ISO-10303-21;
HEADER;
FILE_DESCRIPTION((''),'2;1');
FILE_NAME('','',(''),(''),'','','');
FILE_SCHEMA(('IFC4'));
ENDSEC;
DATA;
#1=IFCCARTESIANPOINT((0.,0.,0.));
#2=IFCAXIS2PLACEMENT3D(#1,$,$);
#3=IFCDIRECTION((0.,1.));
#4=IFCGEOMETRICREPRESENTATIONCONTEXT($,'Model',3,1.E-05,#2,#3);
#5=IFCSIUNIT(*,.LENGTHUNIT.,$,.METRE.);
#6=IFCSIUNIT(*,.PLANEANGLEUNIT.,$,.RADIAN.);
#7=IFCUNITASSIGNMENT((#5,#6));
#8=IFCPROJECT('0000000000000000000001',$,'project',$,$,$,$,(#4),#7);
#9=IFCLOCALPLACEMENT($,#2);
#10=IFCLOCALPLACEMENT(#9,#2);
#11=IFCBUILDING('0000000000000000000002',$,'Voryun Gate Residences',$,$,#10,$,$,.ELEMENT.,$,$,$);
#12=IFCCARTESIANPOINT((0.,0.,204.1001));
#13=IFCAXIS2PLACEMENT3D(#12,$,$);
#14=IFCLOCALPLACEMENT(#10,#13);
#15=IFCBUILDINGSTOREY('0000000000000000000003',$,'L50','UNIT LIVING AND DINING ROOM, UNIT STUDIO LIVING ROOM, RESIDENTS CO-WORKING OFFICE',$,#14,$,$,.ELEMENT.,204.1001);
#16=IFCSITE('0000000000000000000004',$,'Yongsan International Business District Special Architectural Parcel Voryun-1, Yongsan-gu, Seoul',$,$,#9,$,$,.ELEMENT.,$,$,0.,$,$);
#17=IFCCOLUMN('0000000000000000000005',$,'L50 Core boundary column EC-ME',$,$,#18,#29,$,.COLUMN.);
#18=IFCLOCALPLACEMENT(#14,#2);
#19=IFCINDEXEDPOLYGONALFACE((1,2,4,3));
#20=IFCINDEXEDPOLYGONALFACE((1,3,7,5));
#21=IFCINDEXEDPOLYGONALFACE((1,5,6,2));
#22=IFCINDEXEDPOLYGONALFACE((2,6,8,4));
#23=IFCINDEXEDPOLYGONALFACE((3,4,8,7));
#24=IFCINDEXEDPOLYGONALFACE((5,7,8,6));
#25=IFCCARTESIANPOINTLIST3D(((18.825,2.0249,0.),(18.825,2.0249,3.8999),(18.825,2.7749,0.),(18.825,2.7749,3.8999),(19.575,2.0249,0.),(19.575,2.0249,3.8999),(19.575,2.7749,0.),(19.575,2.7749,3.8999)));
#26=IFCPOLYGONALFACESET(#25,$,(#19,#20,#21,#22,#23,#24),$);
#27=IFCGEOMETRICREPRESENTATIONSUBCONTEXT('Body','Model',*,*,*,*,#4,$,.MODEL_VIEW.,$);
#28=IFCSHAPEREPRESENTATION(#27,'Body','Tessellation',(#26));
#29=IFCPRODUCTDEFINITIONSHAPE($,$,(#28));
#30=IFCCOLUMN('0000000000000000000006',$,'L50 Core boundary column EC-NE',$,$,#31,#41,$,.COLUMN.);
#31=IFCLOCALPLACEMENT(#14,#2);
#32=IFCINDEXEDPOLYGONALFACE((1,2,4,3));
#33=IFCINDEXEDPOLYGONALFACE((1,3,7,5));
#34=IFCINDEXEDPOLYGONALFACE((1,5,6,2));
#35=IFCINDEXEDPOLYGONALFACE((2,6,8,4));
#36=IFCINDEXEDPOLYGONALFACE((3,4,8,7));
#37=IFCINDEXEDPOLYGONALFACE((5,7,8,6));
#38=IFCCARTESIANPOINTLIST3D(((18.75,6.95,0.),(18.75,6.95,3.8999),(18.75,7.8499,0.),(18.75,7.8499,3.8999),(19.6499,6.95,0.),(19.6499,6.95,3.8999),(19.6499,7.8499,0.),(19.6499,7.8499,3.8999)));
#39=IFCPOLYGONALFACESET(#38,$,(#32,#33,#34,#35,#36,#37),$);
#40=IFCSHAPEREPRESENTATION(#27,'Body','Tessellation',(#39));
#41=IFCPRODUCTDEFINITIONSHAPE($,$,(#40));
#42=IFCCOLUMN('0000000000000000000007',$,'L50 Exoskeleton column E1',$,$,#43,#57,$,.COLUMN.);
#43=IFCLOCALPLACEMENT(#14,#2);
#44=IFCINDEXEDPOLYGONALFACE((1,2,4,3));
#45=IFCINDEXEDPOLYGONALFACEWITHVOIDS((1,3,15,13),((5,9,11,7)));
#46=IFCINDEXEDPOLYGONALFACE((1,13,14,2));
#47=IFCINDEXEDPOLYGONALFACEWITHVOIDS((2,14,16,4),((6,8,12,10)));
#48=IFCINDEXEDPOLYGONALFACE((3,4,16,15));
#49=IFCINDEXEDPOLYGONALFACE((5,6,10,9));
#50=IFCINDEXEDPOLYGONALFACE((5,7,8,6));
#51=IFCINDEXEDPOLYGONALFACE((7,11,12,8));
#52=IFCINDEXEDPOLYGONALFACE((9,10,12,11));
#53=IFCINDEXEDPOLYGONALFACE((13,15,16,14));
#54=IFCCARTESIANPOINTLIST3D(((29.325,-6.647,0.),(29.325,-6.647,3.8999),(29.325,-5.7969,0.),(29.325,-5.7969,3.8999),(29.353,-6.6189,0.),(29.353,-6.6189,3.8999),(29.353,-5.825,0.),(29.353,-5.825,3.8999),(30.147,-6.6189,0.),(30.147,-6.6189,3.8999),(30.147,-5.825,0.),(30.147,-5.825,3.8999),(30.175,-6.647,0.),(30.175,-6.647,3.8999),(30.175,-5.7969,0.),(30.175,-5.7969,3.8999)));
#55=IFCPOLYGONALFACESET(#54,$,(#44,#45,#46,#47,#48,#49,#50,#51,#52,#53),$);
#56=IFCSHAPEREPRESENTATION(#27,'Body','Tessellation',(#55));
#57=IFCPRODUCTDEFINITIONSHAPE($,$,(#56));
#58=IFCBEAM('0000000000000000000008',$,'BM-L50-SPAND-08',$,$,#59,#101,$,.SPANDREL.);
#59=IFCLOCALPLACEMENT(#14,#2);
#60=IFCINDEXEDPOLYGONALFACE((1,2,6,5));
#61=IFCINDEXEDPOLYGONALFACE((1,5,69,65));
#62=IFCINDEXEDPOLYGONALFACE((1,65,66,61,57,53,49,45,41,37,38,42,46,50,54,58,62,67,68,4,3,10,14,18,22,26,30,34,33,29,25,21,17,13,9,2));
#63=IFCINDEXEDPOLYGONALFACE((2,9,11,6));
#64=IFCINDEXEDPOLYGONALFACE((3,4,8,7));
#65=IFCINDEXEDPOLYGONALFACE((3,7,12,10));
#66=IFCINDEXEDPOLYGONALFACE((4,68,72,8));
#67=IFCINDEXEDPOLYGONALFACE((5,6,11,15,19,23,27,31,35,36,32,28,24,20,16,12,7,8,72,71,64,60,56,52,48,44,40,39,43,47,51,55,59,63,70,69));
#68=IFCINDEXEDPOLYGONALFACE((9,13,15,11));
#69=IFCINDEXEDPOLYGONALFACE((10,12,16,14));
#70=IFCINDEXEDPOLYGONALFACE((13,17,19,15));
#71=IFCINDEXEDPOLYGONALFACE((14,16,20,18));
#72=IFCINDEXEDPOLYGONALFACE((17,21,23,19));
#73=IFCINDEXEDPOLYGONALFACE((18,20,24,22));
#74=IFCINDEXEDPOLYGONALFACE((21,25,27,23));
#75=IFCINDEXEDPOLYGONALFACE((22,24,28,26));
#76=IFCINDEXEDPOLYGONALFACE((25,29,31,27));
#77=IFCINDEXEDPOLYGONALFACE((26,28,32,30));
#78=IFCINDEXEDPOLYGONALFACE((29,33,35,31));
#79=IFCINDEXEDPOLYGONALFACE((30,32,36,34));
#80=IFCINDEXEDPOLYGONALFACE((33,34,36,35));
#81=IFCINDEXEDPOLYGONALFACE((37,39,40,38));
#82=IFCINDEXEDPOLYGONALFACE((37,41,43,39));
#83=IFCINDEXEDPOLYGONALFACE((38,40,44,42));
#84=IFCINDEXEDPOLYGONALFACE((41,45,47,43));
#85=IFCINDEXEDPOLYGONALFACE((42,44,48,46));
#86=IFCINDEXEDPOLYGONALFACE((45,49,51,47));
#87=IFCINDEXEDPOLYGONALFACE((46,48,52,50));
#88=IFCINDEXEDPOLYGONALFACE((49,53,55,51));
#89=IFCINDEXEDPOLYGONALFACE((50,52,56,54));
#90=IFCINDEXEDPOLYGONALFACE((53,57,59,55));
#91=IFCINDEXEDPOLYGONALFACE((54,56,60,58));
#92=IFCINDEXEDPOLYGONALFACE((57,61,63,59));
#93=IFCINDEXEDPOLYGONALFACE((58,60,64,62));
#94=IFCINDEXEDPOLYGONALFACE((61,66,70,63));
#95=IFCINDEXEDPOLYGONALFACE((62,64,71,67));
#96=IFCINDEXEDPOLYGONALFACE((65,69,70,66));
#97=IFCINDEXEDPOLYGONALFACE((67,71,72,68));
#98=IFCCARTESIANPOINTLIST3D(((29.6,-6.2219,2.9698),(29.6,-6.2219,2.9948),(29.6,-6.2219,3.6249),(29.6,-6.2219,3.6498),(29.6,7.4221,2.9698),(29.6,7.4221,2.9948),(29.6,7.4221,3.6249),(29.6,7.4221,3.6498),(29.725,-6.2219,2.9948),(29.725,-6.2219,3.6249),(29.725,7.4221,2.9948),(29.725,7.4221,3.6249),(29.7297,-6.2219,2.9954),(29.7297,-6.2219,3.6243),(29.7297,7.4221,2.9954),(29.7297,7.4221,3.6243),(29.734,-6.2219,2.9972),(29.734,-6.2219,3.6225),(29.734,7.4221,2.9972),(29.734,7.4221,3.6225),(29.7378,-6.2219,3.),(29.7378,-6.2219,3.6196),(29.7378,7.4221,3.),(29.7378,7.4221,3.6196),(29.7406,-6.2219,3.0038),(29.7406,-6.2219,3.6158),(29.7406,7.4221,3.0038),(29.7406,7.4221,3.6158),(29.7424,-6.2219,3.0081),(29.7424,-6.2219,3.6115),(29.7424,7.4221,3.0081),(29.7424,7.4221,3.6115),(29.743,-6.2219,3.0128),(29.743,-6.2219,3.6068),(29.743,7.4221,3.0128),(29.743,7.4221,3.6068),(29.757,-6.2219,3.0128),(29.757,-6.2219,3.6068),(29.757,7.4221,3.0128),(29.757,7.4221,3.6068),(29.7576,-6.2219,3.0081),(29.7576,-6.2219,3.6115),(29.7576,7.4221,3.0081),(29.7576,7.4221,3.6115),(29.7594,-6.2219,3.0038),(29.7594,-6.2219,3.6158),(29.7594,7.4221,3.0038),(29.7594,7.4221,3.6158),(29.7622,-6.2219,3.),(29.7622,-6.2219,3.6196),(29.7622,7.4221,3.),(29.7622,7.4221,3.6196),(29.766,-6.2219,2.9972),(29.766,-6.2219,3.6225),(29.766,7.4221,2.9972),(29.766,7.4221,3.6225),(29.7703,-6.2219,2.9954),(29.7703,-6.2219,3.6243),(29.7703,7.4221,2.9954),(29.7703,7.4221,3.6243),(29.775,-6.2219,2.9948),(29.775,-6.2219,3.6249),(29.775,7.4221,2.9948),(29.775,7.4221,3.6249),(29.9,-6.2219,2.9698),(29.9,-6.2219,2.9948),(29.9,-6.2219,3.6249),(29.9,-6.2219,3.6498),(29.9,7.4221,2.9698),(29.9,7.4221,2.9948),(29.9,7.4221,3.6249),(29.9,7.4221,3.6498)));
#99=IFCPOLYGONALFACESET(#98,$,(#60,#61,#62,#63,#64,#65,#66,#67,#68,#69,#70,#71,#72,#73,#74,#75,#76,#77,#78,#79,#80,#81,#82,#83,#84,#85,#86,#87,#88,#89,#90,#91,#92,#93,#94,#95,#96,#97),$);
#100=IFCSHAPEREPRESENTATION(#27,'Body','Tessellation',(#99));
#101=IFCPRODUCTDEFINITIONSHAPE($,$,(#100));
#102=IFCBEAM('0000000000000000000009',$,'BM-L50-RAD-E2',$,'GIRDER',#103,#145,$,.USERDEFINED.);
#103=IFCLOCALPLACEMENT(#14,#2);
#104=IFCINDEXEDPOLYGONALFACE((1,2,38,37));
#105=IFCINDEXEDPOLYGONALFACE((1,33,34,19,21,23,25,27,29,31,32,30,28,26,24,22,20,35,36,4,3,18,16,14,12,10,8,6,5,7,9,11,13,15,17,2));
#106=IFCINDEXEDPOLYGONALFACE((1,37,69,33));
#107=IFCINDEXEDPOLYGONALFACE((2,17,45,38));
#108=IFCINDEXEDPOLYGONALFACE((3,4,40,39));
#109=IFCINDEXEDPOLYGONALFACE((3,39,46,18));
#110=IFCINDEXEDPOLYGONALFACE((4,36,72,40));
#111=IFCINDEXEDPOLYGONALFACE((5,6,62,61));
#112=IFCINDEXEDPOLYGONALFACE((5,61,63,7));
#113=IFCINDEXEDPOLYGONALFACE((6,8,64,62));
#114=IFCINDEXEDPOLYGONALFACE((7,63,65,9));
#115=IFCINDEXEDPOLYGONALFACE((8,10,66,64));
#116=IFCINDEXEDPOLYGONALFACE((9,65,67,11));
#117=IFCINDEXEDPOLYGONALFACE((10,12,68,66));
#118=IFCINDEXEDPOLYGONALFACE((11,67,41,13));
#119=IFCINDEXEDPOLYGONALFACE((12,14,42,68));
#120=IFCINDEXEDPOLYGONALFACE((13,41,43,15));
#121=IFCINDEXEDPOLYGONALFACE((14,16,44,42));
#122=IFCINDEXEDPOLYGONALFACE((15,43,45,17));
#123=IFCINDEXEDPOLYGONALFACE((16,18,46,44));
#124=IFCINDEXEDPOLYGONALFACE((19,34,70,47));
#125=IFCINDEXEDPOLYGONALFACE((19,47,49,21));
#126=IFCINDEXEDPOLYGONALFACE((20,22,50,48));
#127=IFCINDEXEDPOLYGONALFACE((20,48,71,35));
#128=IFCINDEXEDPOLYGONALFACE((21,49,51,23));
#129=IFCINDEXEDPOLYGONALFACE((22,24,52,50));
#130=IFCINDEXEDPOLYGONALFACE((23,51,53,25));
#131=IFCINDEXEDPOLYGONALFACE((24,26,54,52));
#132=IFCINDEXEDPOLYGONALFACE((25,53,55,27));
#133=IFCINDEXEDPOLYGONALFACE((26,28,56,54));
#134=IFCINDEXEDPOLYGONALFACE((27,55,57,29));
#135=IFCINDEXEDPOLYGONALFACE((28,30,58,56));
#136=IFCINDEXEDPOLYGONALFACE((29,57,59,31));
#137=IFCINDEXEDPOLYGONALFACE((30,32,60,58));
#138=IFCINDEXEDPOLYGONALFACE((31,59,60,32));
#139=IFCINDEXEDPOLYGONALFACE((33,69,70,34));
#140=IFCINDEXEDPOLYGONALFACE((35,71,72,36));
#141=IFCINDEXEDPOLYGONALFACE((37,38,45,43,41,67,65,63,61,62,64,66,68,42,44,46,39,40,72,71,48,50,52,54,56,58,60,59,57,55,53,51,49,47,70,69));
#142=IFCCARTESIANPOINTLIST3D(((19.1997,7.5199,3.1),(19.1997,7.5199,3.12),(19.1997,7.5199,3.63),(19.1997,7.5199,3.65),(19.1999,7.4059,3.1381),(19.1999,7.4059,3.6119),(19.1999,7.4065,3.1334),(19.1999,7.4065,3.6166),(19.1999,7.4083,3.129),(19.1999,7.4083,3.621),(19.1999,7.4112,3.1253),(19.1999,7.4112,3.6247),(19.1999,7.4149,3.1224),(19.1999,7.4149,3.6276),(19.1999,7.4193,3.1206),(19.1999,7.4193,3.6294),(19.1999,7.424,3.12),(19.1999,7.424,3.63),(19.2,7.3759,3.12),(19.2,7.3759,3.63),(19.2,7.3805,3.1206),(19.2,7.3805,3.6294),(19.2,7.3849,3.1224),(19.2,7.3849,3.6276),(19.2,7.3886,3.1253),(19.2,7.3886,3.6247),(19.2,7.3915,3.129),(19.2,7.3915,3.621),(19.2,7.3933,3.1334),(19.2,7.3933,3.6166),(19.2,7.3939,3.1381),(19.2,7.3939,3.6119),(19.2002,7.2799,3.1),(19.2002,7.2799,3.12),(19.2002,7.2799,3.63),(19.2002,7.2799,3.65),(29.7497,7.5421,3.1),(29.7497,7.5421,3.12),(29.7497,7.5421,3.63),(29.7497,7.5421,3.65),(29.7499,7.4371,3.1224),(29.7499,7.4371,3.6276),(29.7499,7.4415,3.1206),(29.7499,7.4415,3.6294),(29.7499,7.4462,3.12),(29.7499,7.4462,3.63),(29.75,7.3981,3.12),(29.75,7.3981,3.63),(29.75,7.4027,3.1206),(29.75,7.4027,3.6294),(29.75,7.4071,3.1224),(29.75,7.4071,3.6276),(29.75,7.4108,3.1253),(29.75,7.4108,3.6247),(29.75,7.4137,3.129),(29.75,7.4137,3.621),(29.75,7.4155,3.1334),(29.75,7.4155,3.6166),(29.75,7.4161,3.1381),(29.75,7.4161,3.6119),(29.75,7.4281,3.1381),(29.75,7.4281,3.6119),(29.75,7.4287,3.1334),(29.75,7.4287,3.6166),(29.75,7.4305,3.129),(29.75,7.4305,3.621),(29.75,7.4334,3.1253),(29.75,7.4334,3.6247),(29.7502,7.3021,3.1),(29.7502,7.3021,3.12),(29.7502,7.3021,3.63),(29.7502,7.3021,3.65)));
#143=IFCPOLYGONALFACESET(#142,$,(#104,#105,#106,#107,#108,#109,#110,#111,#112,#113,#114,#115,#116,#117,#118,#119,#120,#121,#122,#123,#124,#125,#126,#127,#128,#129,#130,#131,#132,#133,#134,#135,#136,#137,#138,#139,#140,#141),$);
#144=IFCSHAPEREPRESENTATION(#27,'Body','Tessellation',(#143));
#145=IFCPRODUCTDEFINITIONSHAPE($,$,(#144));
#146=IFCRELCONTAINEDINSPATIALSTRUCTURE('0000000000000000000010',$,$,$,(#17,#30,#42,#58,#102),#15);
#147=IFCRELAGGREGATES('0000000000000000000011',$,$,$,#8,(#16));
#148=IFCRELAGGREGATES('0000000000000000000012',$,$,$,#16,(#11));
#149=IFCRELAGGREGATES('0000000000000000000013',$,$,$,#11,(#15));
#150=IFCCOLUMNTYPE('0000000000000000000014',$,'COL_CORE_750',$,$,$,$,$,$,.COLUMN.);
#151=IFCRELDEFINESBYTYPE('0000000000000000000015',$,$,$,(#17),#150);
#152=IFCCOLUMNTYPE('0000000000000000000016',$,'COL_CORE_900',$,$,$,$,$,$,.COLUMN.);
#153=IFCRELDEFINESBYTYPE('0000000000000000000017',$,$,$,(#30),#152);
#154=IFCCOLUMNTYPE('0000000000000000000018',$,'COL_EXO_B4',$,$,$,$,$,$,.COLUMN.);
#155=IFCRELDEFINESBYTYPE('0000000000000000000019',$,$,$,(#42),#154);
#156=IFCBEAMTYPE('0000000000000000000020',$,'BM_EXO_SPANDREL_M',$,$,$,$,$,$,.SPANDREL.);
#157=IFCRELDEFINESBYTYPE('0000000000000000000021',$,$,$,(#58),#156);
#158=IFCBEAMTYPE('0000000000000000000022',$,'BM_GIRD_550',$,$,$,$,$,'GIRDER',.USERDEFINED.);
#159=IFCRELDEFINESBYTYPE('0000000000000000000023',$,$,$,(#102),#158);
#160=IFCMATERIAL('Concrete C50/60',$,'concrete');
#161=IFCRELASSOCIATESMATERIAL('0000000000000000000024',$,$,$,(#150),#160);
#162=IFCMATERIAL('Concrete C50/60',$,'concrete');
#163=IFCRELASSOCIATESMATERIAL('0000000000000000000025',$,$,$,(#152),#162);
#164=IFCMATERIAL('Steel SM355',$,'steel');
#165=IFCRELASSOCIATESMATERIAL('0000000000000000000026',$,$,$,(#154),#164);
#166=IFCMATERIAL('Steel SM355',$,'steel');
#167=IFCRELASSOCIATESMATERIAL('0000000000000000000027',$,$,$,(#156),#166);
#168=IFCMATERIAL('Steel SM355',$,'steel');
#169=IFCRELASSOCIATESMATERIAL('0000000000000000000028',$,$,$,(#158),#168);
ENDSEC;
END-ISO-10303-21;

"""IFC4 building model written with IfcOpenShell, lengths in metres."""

from ifc_helpers import new_model, si_unit, direction, frame, origin, origin_2d, place, context, subcontext, project, spatial, rectangle, hollow_rectangle, i_section, extrude, material, material_profile, profile_set, type_object, element, save


model = new_model("IFC4")

# Units and contexts
model_context = context("Model", 3, precision=1e-05, world=origin(), true_north=direction((0.0, 1.0)))
body_context = subcontext(model_context, "Body", "Model", "MODEL_VIEW")
ifc_project = project(units=[si_unit("LENGTHUNIT", "METRE"), si_unit("PLANEANGLEUNIT", "RADIAN")], contexts=[model_context])

# Site, building, storey
site_placement = place(None, origin())
site = spatial("IfcSite", under=ifc_project, at=site_placement, Name="Yongsan International Business District Special Architectural Parcel Voryun-1, Yongsan-gu, Seoul", CompositionType="ELEMENT", RefElevation=0.0)
building_placement = place(site_placement, origin())
building = spatial("IfcBuilding", under=site, at=building_placement, Name="Voryun Gate Residences", CompositionType="ELEMENT")
storey_placement = place(building_placement, frame((0.0, 0.0, 204.1001)))
storey = spatial("IfcBuildingStorey", under=building, at=storey_placement, Name="L50", Description="UNIT LIVING AND DINING ROOM, UNIT STUDIO LIVING ROOM, RESIDENTS CO-WORKING OFFICE", CompositionType="ELEMENT", Elevation=204.1001)

# Columns
ifc_material_1 = material(Name="Concrete C50/60", Category="concrete")
ifc_material_profile_1 = material_profile(ifc_material_1, rectangle(XDim=0.75, YDim=0.75, at=origin_2d()), Name="RC-750x750")
ifc_profile_set_1 = profile_set([ifc_material_profile_1], Name="Concrete C50/60")
column_type_1 = type_object("IfcColumnType", Name="COL_CORE_750", PredefinedType="COLUMN", material=ifc_profile_set_1)
column_1_placement = place(storey_placement, frame((19.2, 2.3999, 0.0), z_axis=(0.0, 0.0, 1.0), x_axis=(1.0, 0.0, 0.0)))
element("IfcColumn", 1, at=column_1_placement, inside=storey, type_object=column_type_1, Name="L50 Core boundary column EC-ME", PredefinedType="COLUMN", context=body_context, shape_type="SweptSolid", body=[
    extrude(rectangle(XDim=0.75, YDim=0.75, at=origin_2d()), origin(), (0.0, 0.0, 1.0), 3.8999),
])
ifc_material_2 = material(Name="Concrete C50/60", Category="concrete")
ifc_material_profile_2 = material_profile(ifc_material_2, rectangle(XDim=0.8999, YDim=0.8999, at=origin_2d()), Name="RC-900x900")
ifc_profile_set_2 = profile_set([ifc_material_profile_2], Name="Concrete C50/60")
column_type_2 = type_object("IfcColumnType", Name="COL_CORE_900", PredefinedType="COLUMN", material=ifc_profile_set_2)
column_2_placement = place(storey_placement, frame((19.2, 7.3999, 0.0), z_axis=(0.0, 0.0, 1.0), x_axis=(1.0, 0.0, 0.0)))
element("IfcColumn", 2, at=column_2_placement, inside=storey, type_object=column_type_2, Name="L50 Core boundary column EC-NE", PredefinedType="COLUMN", context=body_context, shape_type="SweptSolid", body=[
    extrude(rectangle(XDim=0.8999, YDim=0.8999, at=origin_2d()), origin(), (0.0, 0.0, 1.0), 3.8999),
])
ifc_material_3 = material(Name="Steel SM355", Category="steel")
ifc_material_profile_3 = material_profile(ifc_material_3, hollow_rectangle(XDim=0.8501, YDim=0.8501, WallThickness=0.0281, at=origin_2d()), Name="BOX-850x850x28")
ifc_profile_set_3 = profile_set([ifc_material_profile_3], Name="Steel SM355")
column_type_3 = type_object("IfcColumnType", Name="COL_EXO_B4", PredefinedType="COLUMN", material=ifc_profile_set_3)
column_3_placement = place(storey_placement, frame((29.75, -6.2219, 0.0), z_axis=(0.0, 0.0, 1.0), x_axis=(1.0, 0.0, 0.0)))
element("IfcColumn", 3, at=column_3_placement, inside=storey, type_object=column_type_3, Name="L50 Exoskeleton column E1", PredefinedType="COLUMN", context=body_context, shape_type="SweptSolid", body=[
    extrude(hollow_rectangle(XDim=0.8501, YDim=0.8501, WallThickness=0.0281, at=origin_2d()), origin(), (0.0, 0.0, 1.0), 3.8999),
])

# Beams
ifc_material_4 = material(Name="Steel SM355", Category="steel")
ifc_material_profile_4 = material_profile(ifc_material_4, i_section(OverallWidth=0.3, OverallDepth=0.6799, WebThickness=0.0139, FlangeThickness=0.0249, FilletRadius=0.0181, at=origin_2d()), Name="H-680x300x14x25")
ifc_profile_set_4 = profile_set([ifc_material_profile_4], Name="Steel SM355")
beam_type_1 = type_object("IfcBeamType", Name="BM_EXO_SPANDREL_M", PredefinedType="SPANDREL", material=ifc_profile_set_4)
beam_1_placement = place(storey_placement, frame((29.75, -6.2219, 3.3098), z_axis=(0.0, 1.0, 0.0), x_axis=(-1.0, 0.0, 0.0)))
element("IfcBeam", 4, at=beam_1_placement, inside=storey, type_object=beam_type_1, Name="BM-L50-SPAND-08", PredefinedType="SPANDREL", context=body_context, shape_type="SweptSolid", body=[
    extrude(i_section(OverallWidth=0.3, OverallDepth=0.6799, WebThickness=0.0139, FlangeThickness=0.0249, FilletRadius=0.0181, at=origin_2d()), origin(), (0.0, 0.0, 1.0), 13.644),
])
ifc_material_5 = material(Name="Steel SM355", Category="steel")
ifc_material_profile_5 = material_profile(ifc_material_5, i_section(OverallWidth=0.24, OverallDepth=0.55, WebThickness=0.012, FlangeThickness=0.02, FilletRadius=0.0181, at=origin_2d()), Name="H-550x240x12x20")
ifc_profile_set_5 = profile_set([ifc_material_profile_5], Name="Steel SM355")
beam_type_2 = type_object("IfcBeamType", Name="BM_GIRD_550", ElementType="GIRDER", PredefinedType="USERDEFINED", material=ifc_profile_set_5)
beam_2_placement = place(storey_placement, frame((19.2, 7.3999, 3.375), z_axis=(0.999998, 0.002106, 0.0), x_axis=(-0.002106, 0.999998, 0.0)))
element("IfcBeam", 5, at=beam_2_placement, inside=storey, type_object=beam_type_2, Name="BM-L50-RAD-E2", ObjectType="GIRDER", PredefinedType="USERDEFINED", context=body_context, shape_type="SweptSolid", body=[
    extrude(i_section(OverallWidth=0.24, OverallDepth=0.55, WebThickness=0.012, FlangeThickness=0.02, FilletRadius=0.0181, at=origin_2d()), origin(), (0.0, 0.0, 1.0), 10.55),
])

save(model, "model.ifc")
